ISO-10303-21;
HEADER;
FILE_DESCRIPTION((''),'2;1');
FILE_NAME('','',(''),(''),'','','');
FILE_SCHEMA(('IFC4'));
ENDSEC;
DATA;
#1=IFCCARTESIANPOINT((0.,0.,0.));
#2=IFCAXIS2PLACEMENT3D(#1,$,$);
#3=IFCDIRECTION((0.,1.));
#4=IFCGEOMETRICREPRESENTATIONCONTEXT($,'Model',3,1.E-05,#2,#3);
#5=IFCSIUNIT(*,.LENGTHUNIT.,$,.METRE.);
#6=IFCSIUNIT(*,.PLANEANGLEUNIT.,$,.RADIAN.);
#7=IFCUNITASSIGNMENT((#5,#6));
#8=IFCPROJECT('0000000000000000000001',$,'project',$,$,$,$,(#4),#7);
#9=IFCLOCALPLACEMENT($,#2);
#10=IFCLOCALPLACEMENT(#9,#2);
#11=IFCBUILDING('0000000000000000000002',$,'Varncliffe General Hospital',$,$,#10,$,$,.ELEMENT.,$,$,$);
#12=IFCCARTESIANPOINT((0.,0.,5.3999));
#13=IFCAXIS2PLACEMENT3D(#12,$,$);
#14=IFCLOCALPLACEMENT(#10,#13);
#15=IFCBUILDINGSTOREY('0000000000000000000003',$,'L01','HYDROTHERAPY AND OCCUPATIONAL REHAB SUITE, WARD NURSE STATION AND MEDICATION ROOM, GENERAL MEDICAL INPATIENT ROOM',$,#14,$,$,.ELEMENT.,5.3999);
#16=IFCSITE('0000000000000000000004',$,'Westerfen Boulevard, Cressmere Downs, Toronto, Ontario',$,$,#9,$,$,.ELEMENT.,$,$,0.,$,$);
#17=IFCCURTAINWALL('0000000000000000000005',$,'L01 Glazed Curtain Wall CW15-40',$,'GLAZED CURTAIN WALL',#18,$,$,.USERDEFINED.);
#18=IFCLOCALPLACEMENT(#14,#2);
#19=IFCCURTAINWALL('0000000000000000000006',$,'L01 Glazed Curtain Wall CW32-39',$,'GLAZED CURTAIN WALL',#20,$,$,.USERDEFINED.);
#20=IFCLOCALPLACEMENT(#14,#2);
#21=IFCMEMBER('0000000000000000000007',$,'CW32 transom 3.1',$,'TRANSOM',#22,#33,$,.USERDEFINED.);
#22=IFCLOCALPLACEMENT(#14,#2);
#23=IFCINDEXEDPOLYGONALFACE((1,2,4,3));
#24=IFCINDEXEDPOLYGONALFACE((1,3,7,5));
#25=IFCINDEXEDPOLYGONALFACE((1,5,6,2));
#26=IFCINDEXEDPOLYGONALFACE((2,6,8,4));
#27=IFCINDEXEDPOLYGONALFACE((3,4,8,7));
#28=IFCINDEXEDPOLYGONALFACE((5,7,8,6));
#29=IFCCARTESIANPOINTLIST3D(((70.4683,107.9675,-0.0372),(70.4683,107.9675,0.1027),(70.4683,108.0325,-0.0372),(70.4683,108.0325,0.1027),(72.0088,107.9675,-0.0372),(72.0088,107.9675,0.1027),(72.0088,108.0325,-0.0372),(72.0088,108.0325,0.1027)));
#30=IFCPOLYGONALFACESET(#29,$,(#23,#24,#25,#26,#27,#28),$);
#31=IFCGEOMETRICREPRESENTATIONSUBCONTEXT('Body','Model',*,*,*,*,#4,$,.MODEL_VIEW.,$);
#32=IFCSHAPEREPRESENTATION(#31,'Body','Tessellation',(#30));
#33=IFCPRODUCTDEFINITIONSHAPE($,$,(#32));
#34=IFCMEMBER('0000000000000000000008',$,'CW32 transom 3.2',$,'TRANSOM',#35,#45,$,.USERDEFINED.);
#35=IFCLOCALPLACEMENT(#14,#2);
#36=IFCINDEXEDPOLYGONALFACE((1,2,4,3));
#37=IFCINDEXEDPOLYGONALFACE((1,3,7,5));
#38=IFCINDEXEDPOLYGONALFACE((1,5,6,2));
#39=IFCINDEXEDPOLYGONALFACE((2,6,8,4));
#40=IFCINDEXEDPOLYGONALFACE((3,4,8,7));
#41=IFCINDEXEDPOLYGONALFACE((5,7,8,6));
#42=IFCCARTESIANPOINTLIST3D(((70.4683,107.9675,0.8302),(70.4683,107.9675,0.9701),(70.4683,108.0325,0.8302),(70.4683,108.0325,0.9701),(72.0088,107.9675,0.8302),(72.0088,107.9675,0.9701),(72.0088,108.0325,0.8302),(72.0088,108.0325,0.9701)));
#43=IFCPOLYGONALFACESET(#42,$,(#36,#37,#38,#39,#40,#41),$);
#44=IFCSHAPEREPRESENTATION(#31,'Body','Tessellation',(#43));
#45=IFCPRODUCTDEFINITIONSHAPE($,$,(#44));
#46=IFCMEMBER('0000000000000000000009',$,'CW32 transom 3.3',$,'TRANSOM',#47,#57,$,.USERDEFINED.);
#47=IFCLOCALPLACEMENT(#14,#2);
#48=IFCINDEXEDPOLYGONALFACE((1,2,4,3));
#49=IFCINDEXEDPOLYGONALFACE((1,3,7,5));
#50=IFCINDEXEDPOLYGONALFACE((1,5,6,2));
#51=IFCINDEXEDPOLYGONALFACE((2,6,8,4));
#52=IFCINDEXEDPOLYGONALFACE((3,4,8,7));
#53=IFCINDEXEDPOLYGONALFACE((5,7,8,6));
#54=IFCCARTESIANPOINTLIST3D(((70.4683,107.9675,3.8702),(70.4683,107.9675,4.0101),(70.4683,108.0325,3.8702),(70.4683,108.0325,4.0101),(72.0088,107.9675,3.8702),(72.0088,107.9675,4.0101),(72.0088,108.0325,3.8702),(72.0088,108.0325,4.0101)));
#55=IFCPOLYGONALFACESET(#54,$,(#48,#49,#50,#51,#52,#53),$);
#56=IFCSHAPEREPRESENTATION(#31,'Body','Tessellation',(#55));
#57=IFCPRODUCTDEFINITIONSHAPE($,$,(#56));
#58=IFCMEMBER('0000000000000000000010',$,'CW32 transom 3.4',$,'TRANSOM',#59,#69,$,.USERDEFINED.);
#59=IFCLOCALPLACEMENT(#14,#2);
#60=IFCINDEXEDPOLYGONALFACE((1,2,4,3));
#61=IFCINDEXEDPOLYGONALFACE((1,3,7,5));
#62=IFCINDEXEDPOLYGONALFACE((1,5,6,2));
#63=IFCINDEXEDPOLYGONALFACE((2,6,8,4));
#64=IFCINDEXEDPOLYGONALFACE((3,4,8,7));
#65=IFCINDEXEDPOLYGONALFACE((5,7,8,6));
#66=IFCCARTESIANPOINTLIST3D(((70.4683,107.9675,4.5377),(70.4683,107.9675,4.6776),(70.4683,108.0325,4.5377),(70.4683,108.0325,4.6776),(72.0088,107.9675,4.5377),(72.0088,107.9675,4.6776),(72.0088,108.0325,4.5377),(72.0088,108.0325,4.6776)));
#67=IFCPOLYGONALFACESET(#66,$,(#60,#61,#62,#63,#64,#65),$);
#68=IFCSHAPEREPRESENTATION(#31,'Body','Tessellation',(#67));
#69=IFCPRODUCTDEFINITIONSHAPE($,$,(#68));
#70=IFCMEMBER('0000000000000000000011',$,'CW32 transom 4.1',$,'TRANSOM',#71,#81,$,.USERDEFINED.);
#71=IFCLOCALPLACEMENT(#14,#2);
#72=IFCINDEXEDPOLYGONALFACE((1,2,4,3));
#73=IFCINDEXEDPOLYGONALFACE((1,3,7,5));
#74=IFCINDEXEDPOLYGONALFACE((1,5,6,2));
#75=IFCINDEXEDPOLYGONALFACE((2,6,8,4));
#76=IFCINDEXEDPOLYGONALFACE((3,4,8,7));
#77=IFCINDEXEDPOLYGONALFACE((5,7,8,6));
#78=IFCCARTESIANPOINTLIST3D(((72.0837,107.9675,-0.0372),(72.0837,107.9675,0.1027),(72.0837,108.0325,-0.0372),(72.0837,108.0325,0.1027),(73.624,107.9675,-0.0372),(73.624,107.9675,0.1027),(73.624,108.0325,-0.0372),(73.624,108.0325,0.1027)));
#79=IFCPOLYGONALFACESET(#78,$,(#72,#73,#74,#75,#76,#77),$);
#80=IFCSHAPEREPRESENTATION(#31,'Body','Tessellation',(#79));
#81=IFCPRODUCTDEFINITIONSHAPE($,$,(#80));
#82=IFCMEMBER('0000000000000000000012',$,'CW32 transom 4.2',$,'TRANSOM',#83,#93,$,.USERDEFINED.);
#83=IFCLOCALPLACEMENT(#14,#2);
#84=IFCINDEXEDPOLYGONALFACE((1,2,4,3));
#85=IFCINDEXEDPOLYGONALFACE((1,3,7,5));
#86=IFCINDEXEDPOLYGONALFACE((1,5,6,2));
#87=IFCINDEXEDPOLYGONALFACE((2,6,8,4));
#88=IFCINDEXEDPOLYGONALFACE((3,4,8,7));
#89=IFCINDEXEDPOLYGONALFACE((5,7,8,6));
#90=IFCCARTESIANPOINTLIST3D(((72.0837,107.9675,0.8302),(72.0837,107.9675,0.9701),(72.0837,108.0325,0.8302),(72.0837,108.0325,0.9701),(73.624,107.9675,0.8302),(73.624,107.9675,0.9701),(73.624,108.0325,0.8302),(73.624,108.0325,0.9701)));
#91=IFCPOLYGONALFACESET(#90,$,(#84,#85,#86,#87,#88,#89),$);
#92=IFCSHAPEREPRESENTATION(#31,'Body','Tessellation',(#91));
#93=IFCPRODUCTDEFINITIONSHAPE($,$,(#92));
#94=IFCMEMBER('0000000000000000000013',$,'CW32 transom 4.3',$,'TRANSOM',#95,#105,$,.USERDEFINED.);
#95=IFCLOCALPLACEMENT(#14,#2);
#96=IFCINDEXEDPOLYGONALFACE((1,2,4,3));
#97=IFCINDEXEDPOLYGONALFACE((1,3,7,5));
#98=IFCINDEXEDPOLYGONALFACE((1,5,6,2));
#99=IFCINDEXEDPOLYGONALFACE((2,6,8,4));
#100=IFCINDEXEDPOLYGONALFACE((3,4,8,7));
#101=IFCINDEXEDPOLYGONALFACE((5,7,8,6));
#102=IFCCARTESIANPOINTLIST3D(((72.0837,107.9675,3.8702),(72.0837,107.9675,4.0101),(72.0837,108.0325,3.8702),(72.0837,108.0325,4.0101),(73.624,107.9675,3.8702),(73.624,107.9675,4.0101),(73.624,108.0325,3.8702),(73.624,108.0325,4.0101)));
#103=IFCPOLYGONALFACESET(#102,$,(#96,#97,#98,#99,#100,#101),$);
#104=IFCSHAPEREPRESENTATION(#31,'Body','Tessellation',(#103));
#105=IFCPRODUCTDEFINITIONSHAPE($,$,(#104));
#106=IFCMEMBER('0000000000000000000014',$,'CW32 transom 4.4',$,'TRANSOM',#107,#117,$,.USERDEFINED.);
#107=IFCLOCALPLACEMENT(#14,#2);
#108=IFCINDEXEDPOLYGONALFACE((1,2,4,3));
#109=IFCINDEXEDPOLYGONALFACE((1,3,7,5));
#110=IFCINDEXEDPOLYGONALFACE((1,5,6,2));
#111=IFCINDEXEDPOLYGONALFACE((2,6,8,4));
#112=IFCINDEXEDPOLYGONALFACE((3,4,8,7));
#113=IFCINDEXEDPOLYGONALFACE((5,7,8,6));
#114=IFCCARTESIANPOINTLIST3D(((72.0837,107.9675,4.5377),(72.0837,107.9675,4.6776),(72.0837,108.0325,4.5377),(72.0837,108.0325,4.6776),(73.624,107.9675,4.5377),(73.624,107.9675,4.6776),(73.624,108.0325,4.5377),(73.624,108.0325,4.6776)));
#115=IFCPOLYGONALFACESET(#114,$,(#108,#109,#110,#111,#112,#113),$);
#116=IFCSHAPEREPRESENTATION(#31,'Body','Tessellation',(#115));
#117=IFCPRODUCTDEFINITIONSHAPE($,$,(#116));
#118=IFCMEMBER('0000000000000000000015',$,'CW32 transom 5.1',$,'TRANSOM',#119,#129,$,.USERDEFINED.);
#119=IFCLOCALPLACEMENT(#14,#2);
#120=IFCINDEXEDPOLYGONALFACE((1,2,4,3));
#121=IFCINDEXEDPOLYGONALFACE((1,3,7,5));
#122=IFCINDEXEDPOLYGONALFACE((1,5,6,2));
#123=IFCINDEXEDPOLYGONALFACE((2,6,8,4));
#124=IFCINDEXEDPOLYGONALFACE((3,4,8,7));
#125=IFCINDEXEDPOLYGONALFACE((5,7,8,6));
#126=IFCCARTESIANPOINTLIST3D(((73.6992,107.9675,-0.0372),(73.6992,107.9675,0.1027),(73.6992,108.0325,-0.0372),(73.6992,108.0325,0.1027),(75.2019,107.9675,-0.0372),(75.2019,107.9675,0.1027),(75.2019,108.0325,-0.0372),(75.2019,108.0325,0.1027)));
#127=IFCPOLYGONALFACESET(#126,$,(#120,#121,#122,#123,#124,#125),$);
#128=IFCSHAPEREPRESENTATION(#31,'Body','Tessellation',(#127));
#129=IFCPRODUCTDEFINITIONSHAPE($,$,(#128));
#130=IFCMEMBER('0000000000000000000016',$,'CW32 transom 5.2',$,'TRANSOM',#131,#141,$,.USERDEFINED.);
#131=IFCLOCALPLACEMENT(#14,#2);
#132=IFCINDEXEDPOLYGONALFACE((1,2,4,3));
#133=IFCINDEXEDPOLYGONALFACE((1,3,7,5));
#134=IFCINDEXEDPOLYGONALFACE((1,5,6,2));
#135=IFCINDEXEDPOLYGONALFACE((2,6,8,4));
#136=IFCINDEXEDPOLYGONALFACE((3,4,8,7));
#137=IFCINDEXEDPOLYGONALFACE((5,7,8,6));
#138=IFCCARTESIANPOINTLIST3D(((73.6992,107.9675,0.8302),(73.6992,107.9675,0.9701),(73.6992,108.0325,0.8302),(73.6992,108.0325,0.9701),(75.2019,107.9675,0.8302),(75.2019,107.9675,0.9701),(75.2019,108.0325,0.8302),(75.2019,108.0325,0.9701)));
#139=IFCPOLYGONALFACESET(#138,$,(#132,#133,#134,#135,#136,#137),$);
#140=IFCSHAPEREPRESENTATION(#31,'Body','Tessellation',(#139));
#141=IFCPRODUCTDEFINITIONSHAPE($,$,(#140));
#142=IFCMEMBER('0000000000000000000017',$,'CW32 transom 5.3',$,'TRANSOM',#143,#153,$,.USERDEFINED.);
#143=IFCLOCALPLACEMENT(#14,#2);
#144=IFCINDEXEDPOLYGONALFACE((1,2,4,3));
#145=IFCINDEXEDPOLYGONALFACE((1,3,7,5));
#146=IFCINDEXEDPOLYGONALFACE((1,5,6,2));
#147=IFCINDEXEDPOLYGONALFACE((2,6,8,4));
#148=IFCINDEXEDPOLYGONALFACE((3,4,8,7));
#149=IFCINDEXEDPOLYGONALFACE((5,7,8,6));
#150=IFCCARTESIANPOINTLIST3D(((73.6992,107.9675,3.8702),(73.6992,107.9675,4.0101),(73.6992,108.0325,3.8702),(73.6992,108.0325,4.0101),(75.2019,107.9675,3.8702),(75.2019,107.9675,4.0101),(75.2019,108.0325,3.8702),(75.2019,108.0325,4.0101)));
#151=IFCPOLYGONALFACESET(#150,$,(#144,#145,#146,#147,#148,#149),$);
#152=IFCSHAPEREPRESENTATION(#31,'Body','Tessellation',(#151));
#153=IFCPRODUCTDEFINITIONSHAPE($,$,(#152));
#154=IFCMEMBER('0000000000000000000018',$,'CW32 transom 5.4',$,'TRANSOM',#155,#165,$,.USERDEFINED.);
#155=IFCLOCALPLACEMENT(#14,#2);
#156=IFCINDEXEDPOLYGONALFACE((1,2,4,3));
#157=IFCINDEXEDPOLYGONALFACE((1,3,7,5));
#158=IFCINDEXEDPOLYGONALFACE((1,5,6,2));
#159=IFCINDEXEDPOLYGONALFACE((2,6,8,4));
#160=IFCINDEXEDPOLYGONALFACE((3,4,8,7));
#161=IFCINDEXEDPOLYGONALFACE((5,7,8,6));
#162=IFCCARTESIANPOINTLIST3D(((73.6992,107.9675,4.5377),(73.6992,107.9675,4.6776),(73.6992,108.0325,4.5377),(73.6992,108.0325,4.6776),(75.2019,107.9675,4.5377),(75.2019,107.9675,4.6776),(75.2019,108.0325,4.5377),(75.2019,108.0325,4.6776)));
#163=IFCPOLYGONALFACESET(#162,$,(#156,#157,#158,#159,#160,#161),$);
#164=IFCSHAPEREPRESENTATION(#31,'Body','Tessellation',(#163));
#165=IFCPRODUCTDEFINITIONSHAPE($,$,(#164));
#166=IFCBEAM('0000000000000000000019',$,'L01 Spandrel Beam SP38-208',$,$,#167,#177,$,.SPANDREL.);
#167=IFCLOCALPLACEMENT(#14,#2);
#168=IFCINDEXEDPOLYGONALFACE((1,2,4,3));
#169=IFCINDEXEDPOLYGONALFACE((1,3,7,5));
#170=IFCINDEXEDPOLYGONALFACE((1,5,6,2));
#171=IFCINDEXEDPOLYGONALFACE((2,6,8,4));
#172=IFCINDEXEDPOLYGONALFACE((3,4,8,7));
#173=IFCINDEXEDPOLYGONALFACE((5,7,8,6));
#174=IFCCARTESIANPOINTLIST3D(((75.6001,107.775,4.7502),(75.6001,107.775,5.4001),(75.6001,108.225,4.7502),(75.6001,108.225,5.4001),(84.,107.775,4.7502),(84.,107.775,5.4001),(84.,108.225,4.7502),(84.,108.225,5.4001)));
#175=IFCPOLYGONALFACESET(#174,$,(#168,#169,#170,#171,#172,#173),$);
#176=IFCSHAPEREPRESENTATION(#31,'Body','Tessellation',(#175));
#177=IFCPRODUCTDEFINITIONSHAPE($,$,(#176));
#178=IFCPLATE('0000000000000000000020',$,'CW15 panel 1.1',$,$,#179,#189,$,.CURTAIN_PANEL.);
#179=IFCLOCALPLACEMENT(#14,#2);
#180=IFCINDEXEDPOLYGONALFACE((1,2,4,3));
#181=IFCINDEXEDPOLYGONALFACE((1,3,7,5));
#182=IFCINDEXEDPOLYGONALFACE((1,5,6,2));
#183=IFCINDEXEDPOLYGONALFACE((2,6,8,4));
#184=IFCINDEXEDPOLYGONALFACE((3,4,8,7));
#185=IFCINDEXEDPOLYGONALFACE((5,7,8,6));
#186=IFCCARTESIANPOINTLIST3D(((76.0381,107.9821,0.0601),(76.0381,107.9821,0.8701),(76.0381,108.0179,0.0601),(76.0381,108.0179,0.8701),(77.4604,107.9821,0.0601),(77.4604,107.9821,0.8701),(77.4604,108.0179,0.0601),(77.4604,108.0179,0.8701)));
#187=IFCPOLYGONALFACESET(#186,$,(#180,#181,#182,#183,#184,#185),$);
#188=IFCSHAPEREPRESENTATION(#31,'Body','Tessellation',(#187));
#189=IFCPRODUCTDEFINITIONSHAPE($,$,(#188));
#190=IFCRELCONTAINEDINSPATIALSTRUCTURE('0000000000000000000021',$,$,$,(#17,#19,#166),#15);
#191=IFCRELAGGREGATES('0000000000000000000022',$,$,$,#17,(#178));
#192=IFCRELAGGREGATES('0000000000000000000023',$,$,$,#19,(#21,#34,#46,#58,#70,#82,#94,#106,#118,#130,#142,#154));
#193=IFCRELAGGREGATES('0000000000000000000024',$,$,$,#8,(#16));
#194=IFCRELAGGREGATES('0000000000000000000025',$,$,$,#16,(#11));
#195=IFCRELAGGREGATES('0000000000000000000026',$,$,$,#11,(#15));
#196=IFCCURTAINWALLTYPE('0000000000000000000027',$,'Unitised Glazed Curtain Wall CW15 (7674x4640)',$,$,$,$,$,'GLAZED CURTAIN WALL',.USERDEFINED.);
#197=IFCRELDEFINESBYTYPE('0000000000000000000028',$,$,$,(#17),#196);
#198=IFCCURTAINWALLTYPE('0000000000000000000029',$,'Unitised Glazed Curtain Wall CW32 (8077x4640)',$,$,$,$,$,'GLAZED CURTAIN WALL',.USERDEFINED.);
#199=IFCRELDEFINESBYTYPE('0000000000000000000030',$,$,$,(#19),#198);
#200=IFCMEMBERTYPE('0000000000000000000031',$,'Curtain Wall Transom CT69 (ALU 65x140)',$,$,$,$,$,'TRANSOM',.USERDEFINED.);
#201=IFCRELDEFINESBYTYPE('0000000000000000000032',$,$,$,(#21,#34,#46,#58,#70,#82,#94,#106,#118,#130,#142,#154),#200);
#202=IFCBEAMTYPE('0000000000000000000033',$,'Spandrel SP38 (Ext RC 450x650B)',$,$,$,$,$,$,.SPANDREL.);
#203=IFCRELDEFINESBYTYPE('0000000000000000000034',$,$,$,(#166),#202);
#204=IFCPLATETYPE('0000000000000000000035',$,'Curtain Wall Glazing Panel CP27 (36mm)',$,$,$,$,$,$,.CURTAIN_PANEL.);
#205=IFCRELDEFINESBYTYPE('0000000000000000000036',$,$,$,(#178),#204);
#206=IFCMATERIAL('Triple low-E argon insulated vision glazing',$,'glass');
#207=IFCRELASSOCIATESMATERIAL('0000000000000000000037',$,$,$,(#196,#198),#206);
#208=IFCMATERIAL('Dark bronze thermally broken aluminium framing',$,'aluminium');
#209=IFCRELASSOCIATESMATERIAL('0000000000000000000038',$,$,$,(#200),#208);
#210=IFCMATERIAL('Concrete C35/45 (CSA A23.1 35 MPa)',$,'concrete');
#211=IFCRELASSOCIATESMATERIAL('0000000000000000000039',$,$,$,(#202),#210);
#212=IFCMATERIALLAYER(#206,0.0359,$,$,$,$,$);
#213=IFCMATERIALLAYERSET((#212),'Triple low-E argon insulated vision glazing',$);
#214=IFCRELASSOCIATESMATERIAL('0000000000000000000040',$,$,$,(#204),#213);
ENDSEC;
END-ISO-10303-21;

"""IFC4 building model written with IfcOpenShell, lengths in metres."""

from ifc_helpers import new_model, si_unit, direction, frame, origin, origin_2d, place, context, subcontext, project, spatial, rectangle, extrude, material, layer, layer_set, material_profile, profile_set, type_object, element, aggregate, save


model = new_model("IFC4")

# Units and contexts
model_context = context("Model", 3, precision=1e-05, world=origin(), true_north=direction((0.0, 1.0)))
body_context = subcontext(model_context, "Body", "Model", "MODEL_VIEW")
ifc_project = project(units=[si_unit("LENGTHUNIT", "METRE"), si_unit("PLANEANGLEUNIT", "RADIAN")], contexts=[model_context])

# Site, building, storey
site_placement = place(None, origin())
site = spatial("IfcSite", under=ifc_project, at=site_placement, Name="Westerfen Boulevard, Cressmere Downs, Toronto, Ontario", CompositionType="ELEMENT", RefElevation=0.0)
building_placement = place(site_placement, origin())
building = spatial("IfcBuilding", under=site, at=building_placement, Name="Varncliffe General Hospital", CompositionType="ELEMENT")
storey_placement = place(building_placement, frame((0.0, 0.0, 5.3999)))
storey = spatial("IfcBuildingStorey", under=building, at=storey_placement, Name="L01", Description="HYDROTHERAPY AND OCCUPATIONAL REHAB SUITE, WARD NURSE STATION AND MEDICATION ROOM, GENERAL MEDICAL INPATIENT ROOM", CompositionType="ELEMENT", Elevation=5.3999)

# Curtain walls
ifc_material_1 = material(Name="Triple low-E argon insulated vision glazing", Category="glass")
curtain_wall_type_1 = type_object("IfcCurtainWallType", Name="Unitised Glazed Curtain Wall CW15 (7674x4640)", ElementType="GLAZED CURTAIN WALL", PredefinedType="USERDEFINED", material=ifc_material_1)
curtain_wall_1_placement = place(storey_placement, origin())
curtain_wall_1 = element("IfcCurtainWall", 1, at=curtain_wall_1_placement, inside=storey, type_object=curtain_wall_type_1, Name="L01 Glazed Curtain Wall CW15-40", ObjectType="GLAZED CURTAIN WALL", PredefinedType="USERDEFINED")
ifc_material_2 = material(Name="Dark bronze thermally broken aluminium framing", Category="aluminium")
curtain_wall_type_2 = type_object("IfcCurtainWallType", Name="Unitised Glazed Curtain Wall CW32 (8077x4640)", ElementType="GLAZED CURTAIN WALL", PredefinedType="USERDEFINED", material=ifc_material_1)
curtain_wall_2_placement = place(storey_placement, origin())
curtain_wall_2 = element("IfcCurtainWall", 2, at=curtain_wall_2_placement, inside=storey, type_object=curtain_wall_type_2, Name="L01 Glazed Curtain Wall CW32-39", ObjectType="GLAZED CURTAIN WALL", PredefinedType="USERDEFINED")

# Members
ifc_material_profile_1 = material_profile(ifc_material_2, rectangle(XDim=0.0649, YDim=0.1399, at=origin_2d()), Name="ALU 65x140")
ifc_profile_set_1 = profile_set([ifc_material_profile_1], Name="Dark bronze thermally broken aluminium framing")
member_type_1 = type_object("IfcMemberType", Name="Curtain Wall Transom CT69 (ALU 65x140)", ElementType="TRANSOM", PredefinedType="USERDEFINED", material=ifc_profile_set_1)
member_1_placement = place(storey_placement, frame((70.4683, 108.0, 0.0327), z_axis=(1.0, 0.0, 0.0), x_axis=(0.0, 1.0, 0.0)))
member_1 = element("IfcMember", 3, at=member_1_placement, type_object=member_type_1, Name="CW32 transom 3.1", ObjectType="TRANSOM", PredefinedType="USERDEFINED", context=body_context, shape_type="SweptSolid", body=[
    extrude(rectangle(XDim=0.0649, YDim=0.1399, at=origin_2d()), origin(), (0.0, 0.0, 1.0), 1.5405),
])
member_2_placement = place(storey_placement, frame((70.4683, 108.0, 0.9001), z_axis=(1.0, 0.0, 0.0), x_axis=(0.0, 1.0, 0.0)))
member_2 = element("IfcMember", 4, at=member_2_placement, type_object=member_type_1, Name="CW32 transom 3.2", ObjectType="TRANSOM", PredefinedType="USERDEFINED", context=body_context, shape_type="SweptSolid", body=[
    extrude(rectangle(XDim=0.0649, YDim=0.1399, at=origin_2d()), origin(), (0.0, 0.0, 1.0), 1.5405),
])
member_3_placement = place(storey_placement, frame((70.4683, 108.0, 3.9402), z_axis=(1.0, 0.0, 0.0), x_axis=(0.0, 1.0, 0.0)))
member_3 = element("IfcMember", 5, at=member_3_placement, type_object=member_type_1, Name="CW32 transom 3.3", ObjectType="TRANSOM", PredefinedType="USERDEFINED", context=body_context, shape_type="SweptSolid", body=[
    extrude(rectangle(XDim=0.0649, YDim=0.1399, at=origin_2d()), origin(), (0.0, 0.0, 1.0), 1.5405),
])
member_4_placement = place(storey_placement, frame((70.4683, 108.0, 4.6077), z_axis=(1.0, 0.0, 0.0), x_axis=(0.0, 1.0, 0.0)))
member_4 = element("IfcMember", 6, at=member_4_placement, type_object=member_type_1, Name="CW32 transom 3.4", ObjectType="TRANSOM", PredefinedType="USERDEFINED", context=body_context, shape_type="SweptSolid", body=[
    extrude(rectangle(XDim=0.0649, YDim=0.1399, at=origin_2d()), origin(), (0.0, 0.0, 1.0), 1.5405),
])
member_5_placement = place(storey_placement, frame((72.0837, 108.0, 0.0327), z_axis=(1.0, 0.0, 0.0), x_axis=(0.0, 1.0, 0.0)))
member_5 = element("IfcMember", 7, at=member_5_placement, type_object=member_type_1, Name="CW32 transom 4.1", ObjectType="TRANSOM", PredefinedType="USERDEFINED", context=body_context, shape_type="SweptSolid", body=[
    extrude(rectangle(XDim=0.0649, YDim=0.1399, at=origin_2d()), origin(), (0.0, 0.0, 1.0), 1.5403),
])
member_6_placement = place(storey_placement, frame((72.0837, 108.0, 0.9001), z_axis=(1.0, 0.0, 0.0), x_axis=(0.0, 1.0, 0.0)))
member_6 = element("IfcMember", 8, at=member_6_placement, type_object=member_type_1, Name="CW32 transom 4.2", ObjectType="TRANSOM", PredefinedType="USERDEFINED", context=body_context, shape_type="SweptSolid", body=[
    extrude(rectangle(XDim=0.0649, YDim=0.1399, at=origin_2d()), origin(), (0.0, 0.0, 1.0), 1.5403),
])
member_7_placement = place(storey_placement, frame((72.0837, 108.0, 3.9402), z_axis=(1.0, 0.0, 0.0), x_axis=(0.0, 1.0, 0.0)))
member_7 = element("IfcMember", 9, at=member_7_placement, type_object=member_type_1, Name="CW32 transom 4.3", ObjectType="TRANSOM", PredefinedType="USERDEFINED", context=body_context, shape_type="SweptSolid", body=[
    extrude(rectangle(XDim=0.0649, YDim=0.1399, at=origin_2d()), origin(), (0.0, 0.0, 1.0), 1.5403),
])
member_8_placement = place(storey_placement, frame((72.0837, 108.0, 4.6077), z_axis=(1.0, 0.0, 0.0), x_axis=(0.0, 1.0, 0.0)))
member_8 = element("IfcMember", 10, at=member_8_placement, type_object=member_type_1, Name="CW32 transom 4.4", ObjectType="TRANSOM", PredefinedType="USERDEFINED", context=body_context, shape_type="SweptSolid", body=[
    extrude(rectangle(XDim=0.0649, YDim=0.1399, at=origin_2d()), origin(), (0.0, 0.0, 1.0), 1.5403),
])
member_9_placement = place(storey_placement, frame((73.6992, 108.0, 0.0327), z_axis=(1.0, 0.0, 0.0), x_axis=(0.0, 1.0, 0.0)))
member_9 = element("IfcMember", 11, at=member_9_placement, type_object=member_type_1, Name="CW32 transom 5.1", ObjectType="TRANSOM", PredefinedType="USERDEFINED", context=body_context, shape_type="SweptSolid", body=[
    extrude(rectangle(XDim=0.0649, YDim=0.1399, at=origin_2d()), origin(), (0.0, 0.0, 1.0), 1.5027),
])
member_10_placement = place(storey_placement, frame((73.6992, 108.0, 0.9001), z_axis=(1.0, 0.0, 0.0), x_axis=(0.0, 1.0, 0.0)))
member_10 = element("IfcMember", 12, at=member_10_placement, type_object=member_type_1, Name="CW32 transom 5.2", ObjectType="TRANSOM", PredefinedType="USERDEFINED", context=body_context, shape_type="SweptSolid", body=[
    extrude(rectangle(XDim=0.0649, YDim=0.1399, at=origin_2d()), origin(), (0.0, 0.0, 1.0), 1.5027),
])
member_11_placement = place(storey_placement, frame((73.6992, 108.0, 3.9402), z_axis=(1.0, 0.0, 0.0), x_axis=(0.0, 1.0, 0.0)))
member_11 = element("IfcMember", 13, at=member_11_placement, type_object=member_type_1, Name="CW32 transom 5.3", ObjectType="TRANSOM", PredefinedType="USERDEFINED", context=body_context, shape_type="SweptSolid", body=[
    extrude(rectangle(XDim=0.0649, YDim=0.1399, at=origin_2d()), origin(), (0.0, 0.0, 1.0), 1.5027),
])
member_12_placement = place(storey_placement, frame((73.6992, 108.0, 4.6077), z_axis=(1.0, 0.0, 0.0), x_axis=(0.0, 1.0, 0.0)))
member_12 = element("IfcMember", 14, at=member_12_placement, type_object=member_type_1, Name="CW32 transom 5.4", ObjectType="TRANSOM", PredefinedType="USERDEFINED", context=body_context, shape_type="SweptSolid", body=[
    extrude(rectangle(XDim=0.0649, YDim=0.1399, at=origin_2d()), origin(), (0.0, 0.0, 1.0), 1.5027),
])

# Beam
ifc_material_3 = material(Name="Concrete C35/45 (CSA A23.1 35 MPa)", Category="concrete")
ifc_material_profile_2 = material_profile(ifc_material_3, rectangle(XDim=0.45, YDim=0.6499, at=origin_2d()), Name="RC 450x650")
ifc_profile_set_2 = profile_set([ifc_material_profile_2], Name="Concrete C35/45 (CSA A23.1 35 MPa)")
beam_type = type_object("IfcBeamType", Name="Spandrel SP38 (Ext RC 450x650B)", PredefinedType="SPANDREL", material=ifc_profile_set_2)
beam_placement = place(storey_placement, frame((75.6001, 108.0, 5.0752), z_axis=(1.0, 0.0, 0.0), x_axis=(0.0, 1.0, 0.0)))
element("IfcBeam", 15, at=beam_placement, inside=storey, type_object=beam_type, Name="L01 Spandrel Beam SP38-208", PredefinedType="SPANDREL", context=body_context, shape_type="SweptSolid", body=[
    extrude(rectangle(XDim=0.45, YDim=0.6499, at=origin_2d()), origin(), (0.0, 0.0, 1.0), 8.3999),
])

# Plate
ifc_layer_1 = layer(ifc_material_1, 0.0359)
ifc_layer_set_1 = layer_set([ifc_layer_1], Name="Triple low-E argon insulated vision glazing")
plate_type_1 = type_object("IfcPlateType", Name="Curtain Wall Glazing Panel CP27 (36mm)", PredefinedType="CURTAIN_PANEL", material=ifc_layer_set_1)
plate_1_placement = place(storey_placement, frame((76.7493, 108.0, 0.0601), z_axis=(0.0, 0.0, 1.0), x_axis=(1.0, 0.0, 0.0)))
plate_1 = element("IfcPlate", 16, at=plate_1_placement, type_object=plate_type_1, Name="CW15 panel 1.1", PredefinedType="CURTAIN_PANEL", context=body_context, shape_type="SweptSolid", body=[
    extrude(rectangle(XDim=1.4224, YDim=0.0359, at=origin_2d()), origin(), (0.0, 0.0, 1.0), 0.8101),
])
aggregate(curtain_wall_1, [plate_1])
aggregate(curtain_wall_2, [member_1, member_2, member_3, member_4, member_5, member_6, member_7, member_8, member_9, member_10, member_11, member_12])

save(model, "model.ifc")
